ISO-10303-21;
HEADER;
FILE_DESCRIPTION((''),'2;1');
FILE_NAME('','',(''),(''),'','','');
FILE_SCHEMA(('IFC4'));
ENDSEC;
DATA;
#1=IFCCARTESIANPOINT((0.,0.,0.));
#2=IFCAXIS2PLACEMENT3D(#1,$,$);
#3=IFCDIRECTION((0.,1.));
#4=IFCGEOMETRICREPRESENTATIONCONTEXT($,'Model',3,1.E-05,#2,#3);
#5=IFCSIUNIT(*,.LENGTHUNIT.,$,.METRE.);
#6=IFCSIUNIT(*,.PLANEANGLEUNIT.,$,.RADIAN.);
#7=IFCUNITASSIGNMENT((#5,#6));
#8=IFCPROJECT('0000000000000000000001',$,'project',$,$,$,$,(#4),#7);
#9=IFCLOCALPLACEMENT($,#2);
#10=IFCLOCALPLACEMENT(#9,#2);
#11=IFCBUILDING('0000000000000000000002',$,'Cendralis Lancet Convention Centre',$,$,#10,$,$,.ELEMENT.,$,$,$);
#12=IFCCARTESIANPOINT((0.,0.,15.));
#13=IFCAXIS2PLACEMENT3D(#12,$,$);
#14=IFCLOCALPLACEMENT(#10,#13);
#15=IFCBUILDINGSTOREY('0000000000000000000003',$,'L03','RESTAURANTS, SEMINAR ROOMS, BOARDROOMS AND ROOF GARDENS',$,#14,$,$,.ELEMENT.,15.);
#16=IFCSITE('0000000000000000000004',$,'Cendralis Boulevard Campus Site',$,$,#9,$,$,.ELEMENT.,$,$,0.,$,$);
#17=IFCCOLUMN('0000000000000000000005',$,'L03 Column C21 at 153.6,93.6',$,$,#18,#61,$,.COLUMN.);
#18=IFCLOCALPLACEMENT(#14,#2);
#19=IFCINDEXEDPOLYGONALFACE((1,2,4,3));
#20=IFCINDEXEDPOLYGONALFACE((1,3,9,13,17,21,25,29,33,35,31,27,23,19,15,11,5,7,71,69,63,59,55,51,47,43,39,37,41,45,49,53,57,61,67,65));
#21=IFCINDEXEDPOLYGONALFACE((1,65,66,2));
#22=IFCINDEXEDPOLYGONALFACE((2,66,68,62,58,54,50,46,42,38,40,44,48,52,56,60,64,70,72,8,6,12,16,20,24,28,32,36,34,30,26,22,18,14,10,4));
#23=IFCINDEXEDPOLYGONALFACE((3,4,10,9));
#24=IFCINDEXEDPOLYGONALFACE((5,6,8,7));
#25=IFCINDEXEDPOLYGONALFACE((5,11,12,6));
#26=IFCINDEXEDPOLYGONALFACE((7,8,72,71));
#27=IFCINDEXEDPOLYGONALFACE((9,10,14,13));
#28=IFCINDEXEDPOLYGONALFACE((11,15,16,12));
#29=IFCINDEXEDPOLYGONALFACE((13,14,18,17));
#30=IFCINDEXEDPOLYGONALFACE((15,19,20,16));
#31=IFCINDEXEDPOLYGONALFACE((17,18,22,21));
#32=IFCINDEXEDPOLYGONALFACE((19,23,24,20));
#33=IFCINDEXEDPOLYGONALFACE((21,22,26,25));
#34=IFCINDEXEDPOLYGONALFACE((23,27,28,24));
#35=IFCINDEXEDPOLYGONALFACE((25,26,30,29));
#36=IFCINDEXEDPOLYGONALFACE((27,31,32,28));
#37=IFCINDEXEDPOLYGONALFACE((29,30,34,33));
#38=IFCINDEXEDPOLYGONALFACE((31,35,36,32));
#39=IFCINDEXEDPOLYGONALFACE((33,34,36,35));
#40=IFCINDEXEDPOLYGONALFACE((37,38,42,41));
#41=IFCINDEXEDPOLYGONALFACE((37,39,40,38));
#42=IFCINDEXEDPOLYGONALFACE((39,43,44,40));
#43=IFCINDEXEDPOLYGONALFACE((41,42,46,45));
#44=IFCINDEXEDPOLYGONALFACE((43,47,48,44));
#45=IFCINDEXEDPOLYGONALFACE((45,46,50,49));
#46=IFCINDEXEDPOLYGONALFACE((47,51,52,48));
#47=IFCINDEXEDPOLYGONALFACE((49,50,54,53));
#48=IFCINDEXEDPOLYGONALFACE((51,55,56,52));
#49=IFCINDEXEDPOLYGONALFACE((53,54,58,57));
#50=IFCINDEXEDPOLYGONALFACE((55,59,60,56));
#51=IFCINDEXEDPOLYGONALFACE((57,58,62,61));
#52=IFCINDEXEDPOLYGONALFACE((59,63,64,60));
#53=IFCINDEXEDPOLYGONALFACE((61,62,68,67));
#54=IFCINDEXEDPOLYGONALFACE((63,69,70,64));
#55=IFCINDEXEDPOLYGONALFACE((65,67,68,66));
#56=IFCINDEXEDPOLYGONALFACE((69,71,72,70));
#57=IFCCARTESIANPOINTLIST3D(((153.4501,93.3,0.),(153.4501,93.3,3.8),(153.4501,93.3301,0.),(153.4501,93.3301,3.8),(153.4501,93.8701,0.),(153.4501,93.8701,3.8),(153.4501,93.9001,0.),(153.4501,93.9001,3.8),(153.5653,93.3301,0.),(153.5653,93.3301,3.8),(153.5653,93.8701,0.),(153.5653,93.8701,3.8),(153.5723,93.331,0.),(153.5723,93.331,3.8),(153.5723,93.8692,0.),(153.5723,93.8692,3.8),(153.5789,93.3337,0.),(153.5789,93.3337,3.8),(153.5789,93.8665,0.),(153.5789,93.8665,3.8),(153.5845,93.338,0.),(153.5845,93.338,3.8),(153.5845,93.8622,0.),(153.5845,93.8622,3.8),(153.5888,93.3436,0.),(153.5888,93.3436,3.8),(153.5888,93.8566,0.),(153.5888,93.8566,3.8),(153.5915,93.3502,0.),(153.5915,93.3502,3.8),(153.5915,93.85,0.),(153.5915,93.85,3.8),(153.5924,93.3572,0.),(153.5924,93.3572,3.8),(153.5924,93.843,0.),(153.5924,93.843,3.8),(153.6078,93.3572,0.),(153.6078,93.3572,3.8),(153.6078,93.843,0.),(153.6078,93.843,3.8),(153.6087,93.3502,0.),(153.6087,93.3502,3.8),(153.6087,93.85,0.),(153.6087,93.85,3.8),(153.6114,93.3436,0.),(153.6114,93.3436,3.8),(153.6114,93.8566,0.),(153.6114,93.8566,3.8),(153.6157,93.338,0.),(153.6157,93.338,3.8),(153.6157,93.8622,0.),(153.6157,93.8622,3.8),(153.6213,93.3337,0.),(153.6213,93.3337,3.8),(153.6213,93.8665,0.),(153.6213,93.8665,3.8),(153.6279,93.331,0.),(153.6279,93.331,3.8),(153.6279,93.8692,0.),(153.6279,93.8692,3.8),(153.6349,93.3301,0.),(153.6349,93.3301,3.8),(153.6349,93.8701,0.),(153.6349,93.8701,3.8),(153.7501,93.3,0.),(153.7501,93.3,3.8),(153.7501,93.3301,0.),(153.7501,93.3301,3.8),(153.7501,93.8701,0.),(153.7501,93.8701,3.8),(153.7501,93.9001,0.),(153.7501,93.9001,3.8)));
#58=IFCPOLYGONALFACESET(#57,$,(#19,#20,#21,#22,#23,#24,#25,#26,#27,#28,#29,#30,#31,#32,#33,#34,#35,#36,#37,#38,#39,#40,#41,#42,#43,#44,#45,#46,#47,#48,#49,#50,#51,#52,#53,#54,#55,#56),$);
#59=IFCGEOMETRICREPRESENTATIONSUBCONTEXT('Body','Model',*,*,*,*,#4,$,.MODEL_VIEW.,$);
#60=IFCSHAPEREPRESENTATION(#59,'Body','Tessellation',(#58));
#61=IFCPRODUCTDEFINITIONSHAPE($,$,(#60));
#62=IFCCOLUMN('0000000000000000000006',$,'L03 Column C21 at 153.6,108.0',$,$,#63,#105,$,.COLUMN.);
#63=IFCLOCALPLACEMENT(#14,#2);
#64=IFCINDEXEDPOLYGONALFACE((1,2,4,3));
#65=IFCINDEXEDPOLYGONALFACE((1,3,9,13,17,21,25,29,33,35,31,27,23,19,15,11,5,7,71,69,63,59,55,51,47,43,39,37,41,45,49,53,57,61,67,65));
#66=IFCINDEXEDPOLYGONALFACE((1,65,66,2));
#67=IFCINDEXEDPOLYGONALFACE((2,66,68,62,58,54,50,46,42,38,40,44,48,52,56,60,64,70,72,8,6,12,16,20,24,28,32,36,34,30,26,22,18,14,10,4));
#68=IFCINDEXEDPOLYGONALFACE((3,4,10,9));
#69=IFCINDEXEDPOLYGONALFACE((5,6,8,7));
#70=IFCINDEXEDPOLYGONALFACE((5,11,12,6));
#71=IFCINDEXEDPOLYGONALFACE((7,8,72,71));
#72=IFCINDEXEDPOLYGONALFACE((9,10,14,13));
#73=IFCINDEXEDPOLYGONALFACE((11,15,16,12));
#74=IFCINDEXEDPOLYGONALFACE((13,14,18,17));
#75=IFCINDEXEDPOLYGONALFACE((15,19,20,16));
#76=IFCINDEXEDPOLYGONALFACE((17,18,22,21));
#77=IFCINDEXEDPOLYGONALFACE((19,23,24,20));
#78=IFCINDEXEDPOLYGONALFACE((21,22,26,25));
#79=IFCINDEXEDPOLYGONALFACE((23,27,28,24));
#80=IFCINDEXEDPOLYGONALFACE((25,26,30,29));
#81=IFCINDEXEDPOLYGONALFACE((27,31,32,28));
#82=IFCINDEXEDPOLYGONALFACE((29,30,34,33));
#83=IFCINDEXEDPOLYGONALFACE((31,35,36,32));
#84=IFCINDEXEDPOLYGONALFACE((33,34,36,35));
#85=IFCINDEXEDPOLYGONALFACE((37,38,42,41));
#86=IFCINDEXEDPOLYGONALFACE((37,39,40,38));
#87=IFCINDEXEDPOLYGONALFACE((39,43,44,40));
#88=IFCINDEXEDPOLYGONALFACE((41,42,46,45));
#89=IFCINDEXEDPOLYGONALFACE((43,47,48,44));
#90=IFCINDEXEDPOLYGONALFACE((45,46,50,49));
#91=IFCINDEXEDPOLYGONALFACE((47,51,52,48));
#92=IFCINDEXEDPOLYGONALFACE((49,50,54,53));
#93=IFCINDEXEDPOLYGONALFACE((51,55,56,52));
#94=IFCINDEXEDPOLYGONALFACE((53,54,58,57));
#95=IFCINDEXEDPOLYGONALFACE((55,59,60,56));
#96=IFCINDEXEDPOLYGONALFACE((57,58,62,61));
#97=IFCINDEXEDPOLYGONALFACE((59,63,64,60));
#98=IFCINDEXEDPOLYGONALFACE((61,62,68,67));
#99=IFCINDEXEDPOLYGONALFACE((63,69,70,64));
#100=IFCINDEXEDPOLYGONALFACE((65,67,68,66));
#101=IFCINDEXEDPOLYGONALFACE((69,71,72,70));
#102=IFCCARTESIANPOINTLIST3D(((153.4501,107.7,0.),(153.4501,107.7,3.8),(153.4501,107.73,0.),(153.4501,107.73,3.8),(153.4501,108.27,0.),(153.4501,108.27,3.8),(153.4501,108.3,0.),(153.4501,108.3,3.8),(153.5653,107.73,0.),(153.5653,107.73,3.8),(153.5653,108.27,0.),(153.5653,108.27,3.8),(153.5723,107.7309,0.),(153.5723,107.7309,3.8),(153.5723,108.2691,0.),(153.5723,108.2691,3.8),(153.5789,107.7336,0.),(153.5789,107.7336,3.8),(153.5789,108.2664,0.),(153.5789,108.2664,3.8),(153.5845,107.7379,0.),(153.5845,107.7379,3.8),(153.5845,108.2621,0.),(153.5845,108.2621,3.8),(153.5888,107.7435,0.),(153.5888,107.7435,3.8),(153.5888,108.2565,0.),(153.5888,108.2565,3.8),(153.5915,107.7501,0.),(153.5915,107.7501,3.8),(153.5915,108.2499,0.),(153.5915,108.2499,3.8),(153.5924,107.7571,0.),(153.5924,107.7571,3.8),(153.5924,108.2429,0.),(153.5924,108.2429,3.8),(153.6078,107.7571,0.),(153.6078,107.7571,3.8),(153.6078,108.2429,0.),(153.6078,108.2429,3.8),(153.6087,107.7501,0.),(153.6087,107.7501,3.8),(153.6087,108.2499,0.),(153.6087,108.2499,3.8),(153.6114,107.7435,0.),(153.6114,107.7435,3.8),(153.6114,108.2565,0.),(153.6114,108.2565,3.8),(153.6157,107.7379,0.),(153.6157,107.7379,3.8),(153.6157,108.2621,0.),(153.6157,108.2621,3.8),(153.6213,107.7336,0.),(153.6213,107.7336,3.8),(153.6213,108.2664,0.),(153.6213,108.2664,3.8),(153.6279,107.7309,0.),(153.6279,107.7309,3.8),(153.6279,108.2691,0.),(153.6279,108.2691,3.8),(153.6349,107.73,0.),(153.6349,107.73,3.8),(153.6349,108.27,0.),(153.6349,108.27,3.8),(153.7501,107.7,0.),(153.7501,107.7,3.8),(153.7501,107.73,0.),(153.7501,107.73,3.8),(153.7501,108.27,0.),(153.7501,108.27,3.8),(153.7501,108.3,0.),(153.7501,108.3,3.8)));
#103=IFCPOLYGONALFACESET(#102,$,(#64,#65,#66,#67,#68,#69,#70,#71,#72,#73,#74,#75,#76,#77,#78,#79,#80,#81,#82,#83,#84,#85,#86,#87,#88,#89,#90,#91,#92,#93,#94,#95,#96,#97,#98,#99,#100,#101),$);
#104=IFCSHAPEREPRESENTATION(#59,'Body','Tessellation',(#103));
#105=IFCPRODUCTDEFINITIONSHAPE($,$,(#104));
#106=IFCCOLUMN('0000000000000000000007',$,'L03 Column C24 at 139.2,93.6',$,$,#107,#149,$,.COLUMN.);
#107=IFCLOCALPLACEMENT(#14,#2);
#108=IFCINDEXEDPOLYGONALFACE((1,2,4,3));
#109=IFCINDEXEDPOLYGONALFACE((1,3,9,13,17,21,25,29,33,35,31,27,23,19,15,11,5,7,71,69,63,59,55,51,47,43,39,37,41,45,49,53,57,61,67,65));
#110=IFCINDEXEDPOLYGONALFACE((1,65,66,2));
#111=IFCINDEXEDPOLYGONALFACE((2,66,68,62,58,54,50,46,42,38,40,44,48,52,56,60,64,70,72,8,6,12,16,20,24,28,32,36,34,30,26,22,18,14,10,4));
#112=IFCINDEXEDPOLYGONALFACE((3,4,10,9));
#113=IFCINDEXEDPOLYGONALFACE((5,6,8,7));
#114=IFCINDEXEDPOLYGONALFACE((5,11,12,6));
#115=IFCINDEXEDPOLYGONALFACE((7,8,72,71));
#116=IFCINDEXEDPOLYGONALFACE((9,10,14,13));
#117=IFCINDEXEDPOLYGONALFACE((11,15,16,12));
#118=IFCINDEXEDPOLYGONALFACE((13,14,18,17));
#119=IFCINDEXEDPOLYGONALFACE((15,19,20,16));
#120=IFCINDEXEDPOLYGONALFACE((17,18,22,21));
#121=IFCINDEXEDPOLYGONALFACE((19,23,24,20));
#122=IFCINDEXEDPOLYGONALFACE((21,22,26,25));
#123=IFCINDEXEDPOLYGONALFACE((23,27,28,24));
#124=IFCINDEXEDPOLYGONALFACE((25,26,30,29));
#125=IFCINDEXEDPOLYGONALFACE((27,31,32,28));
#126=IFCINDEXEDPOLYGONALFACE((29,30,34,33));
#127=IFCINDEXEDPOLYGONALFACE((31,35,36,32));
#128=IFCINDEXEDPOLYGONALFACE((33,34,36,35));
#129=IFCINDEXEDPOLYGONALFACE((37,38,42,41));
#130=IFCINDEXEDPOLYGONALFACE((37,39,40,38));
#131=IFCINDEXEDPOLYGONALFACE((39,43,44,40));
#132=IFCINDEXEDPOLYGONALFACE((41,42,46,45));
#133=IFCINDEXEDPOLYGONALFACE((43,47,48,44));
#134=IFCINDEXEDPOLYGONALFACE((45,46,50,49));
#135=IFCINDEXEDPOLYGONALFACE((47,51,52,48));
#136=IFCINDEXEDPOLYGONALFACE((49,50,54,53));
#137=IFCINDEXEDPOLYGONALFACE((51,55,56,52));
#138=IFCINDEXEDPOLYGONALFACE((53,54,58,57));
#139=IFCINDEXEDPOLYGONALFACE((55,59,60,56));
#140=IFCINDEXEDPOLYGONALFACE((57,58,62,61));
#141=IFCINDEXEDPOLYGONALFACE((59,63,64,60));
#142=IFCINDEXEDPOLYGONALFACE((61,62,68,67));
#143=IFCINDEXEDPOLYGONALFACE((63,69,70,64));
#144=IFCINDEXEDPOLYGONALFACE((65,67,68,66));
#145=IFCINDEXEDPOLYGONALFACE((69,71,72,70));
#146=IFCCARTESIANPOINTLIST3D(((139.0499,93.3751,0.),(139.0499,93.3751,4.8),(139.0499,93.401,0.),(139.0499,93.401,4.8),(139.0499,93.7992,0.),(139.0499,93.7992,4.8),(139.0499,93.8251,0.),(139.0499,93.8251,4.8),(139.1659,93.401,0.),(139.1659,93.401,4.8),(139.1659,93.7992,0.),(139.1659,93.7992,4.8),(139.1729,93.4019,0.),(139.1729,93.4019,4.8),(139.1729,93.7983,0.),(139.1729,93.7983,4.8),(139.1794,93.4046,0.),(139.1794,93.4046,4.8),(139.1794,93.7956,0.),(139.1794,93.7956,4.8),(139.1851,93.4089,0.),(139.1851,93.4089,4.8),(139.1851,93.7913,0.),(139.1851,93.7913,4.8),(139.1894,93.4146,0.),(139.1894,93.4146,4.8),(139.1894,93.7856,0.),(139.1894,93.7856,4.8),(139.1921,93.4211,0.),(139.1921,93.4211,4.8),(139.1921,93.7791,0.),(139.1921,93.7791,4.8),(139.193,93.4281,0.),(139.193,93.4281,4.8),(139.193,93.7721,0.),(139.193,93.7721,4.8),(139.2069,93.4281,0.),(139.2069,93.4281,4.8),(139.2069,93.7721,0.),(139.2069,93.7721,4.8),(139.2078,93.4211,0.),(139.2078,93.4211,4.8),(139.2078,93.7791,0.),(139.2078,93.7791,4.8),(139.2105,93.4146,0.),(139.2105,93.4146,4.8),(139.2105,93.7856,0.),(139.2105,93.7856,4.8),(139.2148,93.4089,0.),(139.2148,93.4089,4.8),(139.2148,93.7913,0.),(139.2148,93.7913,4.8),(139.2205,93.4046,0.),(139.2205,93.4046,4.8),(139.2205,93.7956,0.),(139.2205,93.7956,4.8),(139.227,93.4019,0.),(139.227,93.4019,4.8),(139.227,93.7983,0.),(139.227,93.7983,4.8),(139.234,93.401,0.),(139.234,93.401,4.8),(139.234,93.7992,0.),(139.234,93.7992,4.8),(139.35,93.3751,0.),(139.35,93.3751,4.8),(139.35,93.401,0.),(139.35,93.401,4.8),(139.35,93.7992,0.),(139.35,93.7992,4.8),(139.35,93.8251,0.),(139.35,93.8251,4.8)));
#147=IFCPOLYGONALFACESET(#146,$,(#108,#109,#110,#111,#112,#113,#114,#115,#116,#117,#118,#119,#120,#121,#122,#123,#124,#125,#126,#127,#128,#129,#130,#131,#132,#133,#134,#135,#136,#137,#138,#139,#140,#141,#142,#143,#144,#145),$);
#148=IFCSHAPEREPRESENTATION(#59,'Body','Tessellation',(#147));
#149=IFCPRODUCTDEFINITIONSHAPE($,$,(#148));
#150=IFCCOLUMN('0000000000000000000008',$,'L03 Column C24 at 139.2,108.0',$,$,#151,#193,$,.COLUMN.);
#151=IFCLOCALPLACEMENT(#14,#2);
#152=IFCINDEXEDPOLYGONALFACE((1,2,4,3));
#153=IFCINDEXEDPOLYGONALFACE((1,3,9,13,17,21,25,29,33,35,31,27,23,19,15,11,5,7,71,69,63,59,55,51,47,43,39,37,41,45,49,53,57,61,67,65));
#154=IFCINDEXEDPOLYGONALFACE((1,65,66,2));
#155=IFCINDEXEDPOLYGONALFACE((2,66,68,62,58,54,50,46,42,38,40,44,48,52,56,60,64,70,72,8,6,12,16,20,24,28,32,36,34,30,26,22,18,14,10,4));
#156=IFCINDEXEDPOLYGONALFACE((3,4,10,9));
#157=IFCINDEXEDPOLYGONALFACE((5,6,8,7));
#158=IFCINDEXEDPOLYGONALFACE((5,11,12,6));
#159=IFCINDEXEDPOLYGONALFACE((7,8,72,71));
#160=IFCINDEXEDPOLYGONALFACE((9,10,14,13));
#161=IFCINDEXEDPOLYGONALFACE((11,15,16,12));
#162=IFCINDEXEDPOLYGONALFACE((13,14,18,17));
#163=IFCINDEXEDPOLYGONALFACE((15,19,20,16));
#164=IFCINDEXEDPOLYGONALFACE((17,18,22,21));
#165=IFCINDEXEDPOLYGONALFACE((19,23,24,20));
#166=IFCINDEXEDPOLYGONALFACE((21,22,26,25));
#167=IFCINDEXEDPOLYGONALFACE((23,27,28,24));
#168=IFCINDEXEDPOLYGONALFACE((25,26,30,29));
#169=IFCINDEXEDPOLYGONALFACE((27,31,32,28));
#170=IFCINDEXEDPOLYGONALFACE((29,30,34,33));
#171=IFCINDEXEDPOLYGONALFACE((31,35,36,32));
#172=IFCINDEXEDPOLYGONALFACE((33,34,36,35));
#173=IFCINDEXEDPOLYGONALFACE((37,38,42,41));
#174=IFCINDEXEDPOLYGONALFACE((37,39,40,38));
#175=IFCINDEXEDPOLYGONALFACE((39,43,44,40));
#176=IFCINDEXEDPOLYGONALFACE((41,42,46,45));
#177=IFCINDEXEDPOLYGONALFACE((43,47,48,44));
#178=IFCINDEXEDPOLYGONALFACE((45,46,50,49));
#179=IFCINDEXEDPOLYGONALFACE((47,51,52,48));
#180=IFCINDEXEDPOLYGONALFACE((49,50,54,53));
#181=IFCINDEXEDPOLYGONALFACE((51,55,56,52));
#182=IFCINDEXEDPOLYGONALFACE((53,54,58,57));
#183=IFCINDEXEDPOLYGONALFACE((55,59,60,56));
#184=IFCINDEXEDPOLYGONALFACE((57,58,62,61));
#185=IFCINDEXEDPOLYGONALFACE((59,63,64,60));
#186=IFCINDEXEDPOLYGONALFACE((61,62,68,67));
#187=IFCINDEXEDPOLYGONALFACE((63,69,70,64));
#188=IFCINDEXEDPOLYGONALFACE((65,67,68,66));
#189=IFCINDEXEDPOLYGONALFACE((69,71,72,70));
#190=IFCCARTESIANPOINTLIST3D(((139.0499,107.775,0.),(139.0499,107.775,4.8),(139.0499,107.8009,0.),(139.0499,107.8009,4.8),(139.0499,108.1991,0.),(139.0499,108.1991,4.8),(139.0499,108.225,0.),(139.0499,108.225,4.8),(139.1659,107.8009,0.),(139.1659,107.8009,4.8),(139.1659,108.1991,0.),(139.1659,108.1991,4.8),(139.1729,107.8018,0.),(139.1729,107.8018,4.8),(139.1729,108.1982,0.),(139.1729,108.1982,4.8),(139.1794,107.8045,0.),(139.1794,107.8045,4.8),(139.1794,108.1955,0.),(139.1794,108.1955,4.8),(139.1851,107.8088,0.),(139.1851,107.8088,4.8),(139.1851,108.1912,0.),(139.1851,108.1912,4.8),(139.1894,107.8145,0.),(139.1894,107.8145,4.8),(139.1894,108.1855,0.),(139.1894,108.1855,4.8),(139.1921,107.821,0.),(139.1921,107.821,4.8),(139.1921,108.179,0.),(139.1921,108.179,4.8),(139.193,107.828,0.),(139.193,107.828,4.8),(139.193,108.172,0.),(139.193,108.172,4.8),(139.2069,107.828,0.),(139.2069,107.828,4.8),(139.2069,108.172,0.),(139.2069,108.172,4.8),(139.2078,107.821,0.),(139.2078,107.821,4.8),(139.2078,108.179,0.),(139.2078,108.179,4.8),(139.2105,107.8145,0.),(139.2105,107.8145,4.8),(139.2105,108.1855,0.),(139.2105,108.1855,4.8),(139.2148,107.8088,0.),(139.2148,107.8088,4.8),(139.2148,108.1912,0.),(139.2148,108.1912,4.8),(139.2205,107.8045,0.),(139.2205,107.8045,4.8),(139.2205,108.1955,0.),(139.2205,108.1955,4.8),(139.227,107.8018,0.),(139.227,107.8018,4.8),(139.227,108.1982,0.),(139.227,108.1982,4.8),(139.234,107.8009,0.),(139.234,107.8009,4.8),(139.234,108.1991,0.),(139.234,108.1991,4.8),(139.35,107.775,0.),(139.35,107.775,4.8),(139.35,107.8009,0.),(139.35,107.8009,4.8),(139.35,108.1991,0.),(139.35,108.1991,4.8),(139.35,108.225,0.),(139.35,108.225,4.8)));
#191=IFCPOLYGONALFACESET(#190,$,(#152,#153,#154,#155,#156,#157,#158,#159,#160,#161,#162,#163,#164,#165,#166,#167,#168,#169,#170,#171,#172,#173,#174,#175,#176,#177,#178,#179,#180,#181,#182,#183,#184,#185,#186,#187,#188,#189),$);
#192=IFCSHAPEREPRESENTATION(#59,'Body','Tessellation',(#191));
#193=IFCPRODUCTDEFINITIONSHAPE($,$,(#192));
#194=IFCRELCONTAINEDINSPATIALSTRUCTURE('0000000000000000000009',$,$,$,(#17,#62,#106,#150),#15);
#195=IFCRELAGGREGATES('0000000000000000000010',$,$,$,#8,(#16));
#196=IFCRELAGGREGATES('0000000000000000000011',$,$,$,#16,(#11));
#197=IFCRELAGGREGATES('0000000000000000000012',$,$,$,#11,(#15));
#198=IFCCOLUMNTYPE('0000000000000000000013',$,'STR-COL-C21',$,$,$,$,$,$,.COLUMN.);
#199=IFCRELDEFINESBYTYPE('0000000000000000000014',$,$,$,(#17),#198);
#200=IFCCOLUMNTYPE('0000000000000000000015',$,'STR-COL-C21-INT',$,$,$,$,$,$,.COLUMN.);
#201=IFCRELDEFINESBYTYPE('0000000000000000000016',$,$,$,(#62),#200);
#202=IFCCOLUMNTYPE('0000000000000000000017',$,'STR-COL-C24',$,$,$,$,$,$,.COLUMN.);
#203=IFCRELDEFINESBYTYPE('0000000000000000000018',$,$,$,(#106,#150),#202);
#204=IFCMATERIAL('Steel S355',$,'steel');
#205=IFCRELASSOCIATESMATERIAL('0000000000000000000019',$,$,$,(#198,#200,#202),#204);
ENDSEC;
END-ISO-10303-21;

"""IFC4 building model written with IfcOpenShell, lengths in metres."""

from ifc_helpers import new_model, si_unit, direction, frame, origin, origin_2d, place, context, subcontext, project, spatial, i_section, extrude, material, material_profile, profile_set, type_object, element, save


model = new_model("IFC4")

# Units and contexts
model_context = context("Model", 3, precision=1e-05, world=origin(), true_north=direction((0.0, 1.0)))
body_context = subcontext(model_context, "Body", "Model", "MODEL_VIEW")
ifc_project = project(units=[si_unit("LENGTHUNIT", "METRE"), si_unit("PLANEANGLEUNIT", "RADIAN")], contexts=[model_context])

# Site, building, storey
site_placement = place(None, origin())
site = spatial("IfcSite", under=ifc_project, at=site_placement, Name="Cendralis Boulevard Campus Site", CompositionType="ELEMENT", RefElevation=0.0)
building_placement = place(site_placement, origin())
building = spatial("IfcBuilding", under=site, at=building_placement, Name="Cendralis Lancet Convention Centre", CompositionType="ELEMENT")
storey_placement = place(building_placement, frame((0.0, 0.0, 15.0)))
storey = spatial("IfcBuildingStorey", under=building, at=storey_placement, Name="L03", Description="RESTAURANTS, SEMINAR ROOMS, BOARDROOMS AND ROOF GARDENS", CompositionType="ELEMENT", Elevation=15.0)

# Columns
ifc_material_1 = material(Name="Steel S355", Category="steel")
ifc_material_profile_1 = material_profile(ifc_material_1, i_section(OverallWidth=0.3, OverallDepth=0.6001, WebThickness=0.0154, FlangeThickness=0.03, FilletRadius=0.0271, at=origin_2d()), Name="HEB 600")
ifc_profile_set_1 = profile_set([ifc_material_profile_1], Name="Steel S355")
column_type_1 = type_object("IfcColumnType", Name="STR-COL-C21", PredefinedType="COLUMN", material=ifc_profile_set_1)
column_1_placement = place(storey_placement, frame((153.6001, 93.6001, 0.0), z_axis=(0.0, 0.0, 1.0), x_axis=(1.0, 0.0, 0.0)))
element("IfcColumn", 1, at=column_1_placement, inside=storey, type_object=column_type_1, Name="L03 Column C21 at 153.6,93.6", PredefinedType="COLUMN", context=body_context, shape_type="SweptSolid", body=[
    extrude(i_section(OverallWidth=0.3, OverallDepth=0.6001, WebThickness=0.0154, FlangeThickness=0.03, FilletRadius=0.0271, at=origin_2d()), origin(), (0.0, 0.0, 1.0), 3.8),
])
ifc_material_profile_2 = material_profile(ifc_material_1, i_section(OverallWidth=0.3, OverallDepth=0.6001, WebThickness=0.0154, FlangeThickness=0.03, FilletRadius=0.0271, at=origin_2d()), Name="HEB 600")
ifc_profile_set_2 = profile_set([ifc_material_profile_2], Name="Steel S355")
column_type_2 = type_object("IfcColumnType", Name="STR-COL-C21-INT", PredefinedType="COLUMN", material=ifc_profile_set_2)
column_2_placement = place(storey_placement, frame((153.6001, 108.0, 0.0), z_axis=(0.0, 0.0, 1.0), x_axis=(1.0, 0.0, 0.0)))
element("IfcColumn", 2, at=column_2_placement, inside=storey, type_object=column_type_2, Name="L03 Column C21 at 153.6,108.0", PredefinedType="COLUMN", context=body_context, shape_type="SweptSolid", body=[
    extrude(i_section(OverallWidth=0.3, OverallDepth=0.6001, WebThickness=0.0154, FlangeThickness=0.03, FilletRadius=0.0271, at=origin_2d()), origin(), (0.0, 0.0, 1.0), 3.8),
])
ifc_material_profile_3 = material_profile(ifc_material_1, i_section(OverallWidth=0.3, OverallDepth=0.45, WebThickness=0.0139, FlangeThickness=0.0259, FilletRadius=0.0271, at=origin_2d()), Name="HEB 450")
ifc_profile_set_3 = profile_set([ifc_material_profile_3], Name="Steel S355")
column_type_3 = type_object("IfcColumnType", Name="STR-COL-C24", PredefinedType="COLUMN", material=ifc_profile_set_3)
for number, where, z_axis, x_axis, name in (
    (3, (139.2, 93.6001, 0.0), (0.0, 0.0, 1.0), (1.0, 0.0, 0.0), "L03 Column C24 at 139.2,93.6"),
    (4, (139.2, 108.0, 0.0), (0.0, 0.0, 1.0), (1.0, 0.0, 0.0), "L03 Column C24 at 139.2,108.0"),
):
    element("IfcColumn", number, at=place(storey_placement, frame(where, z_axis=z_axis, x_axis=x_axis)), inside=storey, type_object=column_type_3, Name=name, PredefinedType="COLUMN", context=body_context, shape_type="SweptSolid", body=[
        extrude(i_section(OverallWidth=0.3, OverallDepth=0.45, WebThickness=0.0139, FlangeThickness=0.0259, FilletRadius=0.0271, at=origin_2d()), origin(), (0.0, 0.0, 1.0), 4.8),
    ])

save(model, "model.ifc")
